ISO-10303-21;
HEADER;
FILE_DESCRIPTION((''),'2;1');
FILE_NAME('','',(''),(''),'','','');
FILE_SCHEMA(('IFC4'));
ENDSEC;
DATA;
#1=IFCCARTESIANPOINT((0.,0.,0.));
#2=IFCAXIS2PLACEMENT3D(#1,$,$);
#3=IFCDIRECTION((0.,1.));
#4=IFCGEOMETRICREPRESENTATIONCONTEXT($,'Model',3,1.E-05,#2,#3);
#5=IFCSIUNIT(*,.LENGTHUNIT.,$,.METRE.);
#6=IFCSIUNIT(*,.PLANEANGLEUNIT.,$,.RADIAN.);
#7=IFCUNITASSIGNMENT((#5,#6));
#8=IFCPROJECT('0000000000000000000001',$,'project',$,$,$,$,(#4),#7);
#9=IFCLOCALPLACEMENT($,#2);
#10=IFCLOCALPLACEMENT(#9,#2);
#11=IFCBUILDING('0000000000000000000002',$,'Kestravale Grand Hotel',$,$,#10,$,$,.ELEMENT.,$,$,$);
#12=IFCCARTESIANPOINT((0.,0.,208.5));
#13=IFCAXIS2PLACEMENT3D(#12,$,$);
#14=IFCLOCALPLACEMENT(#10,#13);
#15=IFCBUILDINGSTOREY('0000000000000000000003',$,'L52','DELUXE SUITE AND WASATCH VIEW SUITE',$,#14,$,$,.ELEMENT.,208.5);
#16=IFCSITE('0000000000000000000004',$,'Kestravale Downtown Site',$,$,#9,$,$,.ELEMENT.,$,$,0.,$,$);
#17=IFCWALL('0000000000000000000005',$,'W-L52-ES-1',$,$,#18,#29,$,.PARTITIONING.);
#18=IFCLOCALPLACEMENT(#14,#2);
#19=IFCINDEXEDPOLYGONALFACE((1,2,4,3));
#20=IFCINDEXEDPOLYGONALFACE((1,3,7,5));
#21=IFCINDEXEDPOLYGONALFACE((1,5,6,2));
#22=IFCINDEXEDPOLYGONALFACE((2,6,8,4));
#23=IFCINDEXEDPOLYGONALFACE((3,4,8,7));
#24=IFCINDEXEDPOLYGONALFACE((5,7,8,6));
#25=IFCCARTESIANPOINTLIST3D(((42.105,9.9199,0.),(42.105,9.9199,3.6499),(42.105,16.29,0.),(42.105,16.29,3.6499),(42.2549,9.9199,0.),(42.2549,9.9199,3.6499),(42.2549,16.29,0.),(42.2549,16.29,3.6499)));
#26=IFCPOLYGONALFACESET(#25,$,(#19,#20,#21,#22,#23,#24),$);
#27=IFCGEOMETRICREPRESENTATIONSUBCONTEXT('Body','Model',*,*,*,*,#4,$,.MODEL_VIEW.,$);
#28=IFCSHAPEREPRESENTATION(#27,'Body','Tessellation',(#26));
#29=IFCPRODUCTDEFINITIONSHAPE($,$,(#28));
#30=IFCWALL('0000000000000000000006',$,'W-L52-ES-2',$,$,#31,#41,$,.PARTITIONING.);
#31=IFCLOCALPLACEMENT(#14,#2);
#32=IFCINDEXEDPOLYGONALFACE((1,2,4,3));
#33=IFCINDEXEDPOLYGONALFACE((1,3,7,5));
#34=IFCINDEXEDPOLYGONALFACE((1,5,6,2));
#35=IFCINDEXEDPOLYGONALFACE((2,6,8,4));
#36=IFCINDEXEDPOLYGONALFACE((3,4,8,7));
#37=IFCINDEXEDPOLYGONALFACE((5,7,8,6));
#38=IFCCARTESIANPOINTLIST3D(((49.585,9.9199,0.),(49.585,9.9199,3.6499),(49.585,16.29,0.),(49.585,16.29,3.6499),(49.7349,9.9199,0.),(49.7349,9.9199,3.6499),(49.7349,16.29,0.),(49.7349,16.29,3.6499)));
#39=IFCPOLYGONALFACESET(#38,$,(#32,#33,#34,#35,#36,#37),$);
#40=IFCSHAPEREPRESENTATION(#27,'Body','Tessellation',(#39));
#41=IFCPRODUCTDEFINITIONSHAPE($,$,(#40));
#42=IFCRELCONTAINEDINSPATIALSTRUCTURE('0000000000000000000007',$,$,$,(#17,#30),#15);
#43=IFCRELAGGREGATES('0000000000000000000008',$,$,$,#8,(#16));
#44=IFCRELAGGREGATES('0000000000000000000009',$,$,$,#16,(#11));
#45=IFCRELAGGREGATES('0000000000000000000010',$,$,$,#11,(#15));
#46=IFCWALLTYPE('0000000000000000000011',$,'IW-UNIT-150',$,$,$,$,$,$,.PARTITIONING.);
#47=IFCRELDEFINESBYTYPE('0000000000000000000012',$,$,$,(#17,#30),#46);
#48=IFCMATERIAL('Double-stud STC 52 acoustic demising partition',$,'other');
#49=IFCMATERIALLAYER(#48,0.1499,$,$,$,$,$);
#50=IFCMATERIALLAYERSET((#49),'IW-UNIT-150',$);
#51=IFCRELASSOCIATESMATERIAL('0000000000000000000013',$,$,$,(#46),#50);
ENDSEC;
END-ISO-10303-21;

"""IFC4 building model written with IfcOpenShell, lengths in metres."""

from ifc_helpers import new_model, si_unit, direction, frame, frame_2d, origin, place, context, subcontext, project, spatial, rectangle, extrude, material, layer, layer_set, type_object, element, save


model = new_model("IFC4")

# Units and contexts
model_context = context("Model", 3, precision=1e-05, world=origin(), true_north=direction((0.0, 1.0)))
body_context = subcontext(model_context, "Body", "Model", "MODEL_VIEW")
ifc_project = project(units=[si_unit("LENGTHUNIT", "METRE"), si_unit("PLANEANGLEUNIT", "RADIAN")], contexts=[model_context])

# Site, building, storey
site_placement = place(None, origin())
site = spatial("IfcSite", under=ifc_project, at=site_placement, Name="Kestravale Downtown Site", CompositionType="ELEMENT", RefElevation=0.0)
building_placement = place(site_placement, origin())
building = spatial("IfcBuilding", under=site, at=building_placement, Name="Kestravale Grand Hotel", CompositionType="ELEMENT")
storey_placement = place(building_placement, frame((0.0, 0.0, 208.5)))
storey = spatial("IfcBuildingStorey", under=building, at=storey_placement, Name="L52", Description="DELUXE SUITE AND WASATCH VIEW SUITE", CompositionType="ELEMENT", Elevation=208.5)

# Walls
ifc_material_1 = material(Name="Double-stud STC 52 acoustic demising partition", Category="other")
ifc_layer_1 = layer(ifc_material_1, 0.1499)
ifc_layer_set_1 = layer_set([ifc_layer_1], Name="IW-UNIT-150")
wall_type_1 = type_object("IfcWallType", Name="IW-UNIT-150", PredefinedType="PARTITIONING", material=ifc_layer_set_1)
for number, where, z_axis, x_axis, name in (
    (1, (42.1799, 9.9199, 0.0), (0.0, 0.0, 1.0), (0.0, 1.0, 0.0), "W-L52-ES-1"),
    (2, (49.6599, 9.9199, 0.0), (0.0, 0.0, 1.0), (0.0, 1.0, 0.0), "W-L52-ES-2"),
):
    element("IfcWall", number, at=place(storey_placement, frame(where, z_axis=z_axis, x_axis=x_axis)), inside=storey, type_object=wall_type_1, Name=name, PredefinedType="PARTITIONING", context=body_context, shape_type="SweptSolid", body=[
        extrude(rectangle(XDim=6.3701, YDim=0.1499, at=frame_2d((3.1851, 0.0))), origin(), (0.0, 0.0, 1.0), 3.6499),
    ])

save(model, "model.ifc")
